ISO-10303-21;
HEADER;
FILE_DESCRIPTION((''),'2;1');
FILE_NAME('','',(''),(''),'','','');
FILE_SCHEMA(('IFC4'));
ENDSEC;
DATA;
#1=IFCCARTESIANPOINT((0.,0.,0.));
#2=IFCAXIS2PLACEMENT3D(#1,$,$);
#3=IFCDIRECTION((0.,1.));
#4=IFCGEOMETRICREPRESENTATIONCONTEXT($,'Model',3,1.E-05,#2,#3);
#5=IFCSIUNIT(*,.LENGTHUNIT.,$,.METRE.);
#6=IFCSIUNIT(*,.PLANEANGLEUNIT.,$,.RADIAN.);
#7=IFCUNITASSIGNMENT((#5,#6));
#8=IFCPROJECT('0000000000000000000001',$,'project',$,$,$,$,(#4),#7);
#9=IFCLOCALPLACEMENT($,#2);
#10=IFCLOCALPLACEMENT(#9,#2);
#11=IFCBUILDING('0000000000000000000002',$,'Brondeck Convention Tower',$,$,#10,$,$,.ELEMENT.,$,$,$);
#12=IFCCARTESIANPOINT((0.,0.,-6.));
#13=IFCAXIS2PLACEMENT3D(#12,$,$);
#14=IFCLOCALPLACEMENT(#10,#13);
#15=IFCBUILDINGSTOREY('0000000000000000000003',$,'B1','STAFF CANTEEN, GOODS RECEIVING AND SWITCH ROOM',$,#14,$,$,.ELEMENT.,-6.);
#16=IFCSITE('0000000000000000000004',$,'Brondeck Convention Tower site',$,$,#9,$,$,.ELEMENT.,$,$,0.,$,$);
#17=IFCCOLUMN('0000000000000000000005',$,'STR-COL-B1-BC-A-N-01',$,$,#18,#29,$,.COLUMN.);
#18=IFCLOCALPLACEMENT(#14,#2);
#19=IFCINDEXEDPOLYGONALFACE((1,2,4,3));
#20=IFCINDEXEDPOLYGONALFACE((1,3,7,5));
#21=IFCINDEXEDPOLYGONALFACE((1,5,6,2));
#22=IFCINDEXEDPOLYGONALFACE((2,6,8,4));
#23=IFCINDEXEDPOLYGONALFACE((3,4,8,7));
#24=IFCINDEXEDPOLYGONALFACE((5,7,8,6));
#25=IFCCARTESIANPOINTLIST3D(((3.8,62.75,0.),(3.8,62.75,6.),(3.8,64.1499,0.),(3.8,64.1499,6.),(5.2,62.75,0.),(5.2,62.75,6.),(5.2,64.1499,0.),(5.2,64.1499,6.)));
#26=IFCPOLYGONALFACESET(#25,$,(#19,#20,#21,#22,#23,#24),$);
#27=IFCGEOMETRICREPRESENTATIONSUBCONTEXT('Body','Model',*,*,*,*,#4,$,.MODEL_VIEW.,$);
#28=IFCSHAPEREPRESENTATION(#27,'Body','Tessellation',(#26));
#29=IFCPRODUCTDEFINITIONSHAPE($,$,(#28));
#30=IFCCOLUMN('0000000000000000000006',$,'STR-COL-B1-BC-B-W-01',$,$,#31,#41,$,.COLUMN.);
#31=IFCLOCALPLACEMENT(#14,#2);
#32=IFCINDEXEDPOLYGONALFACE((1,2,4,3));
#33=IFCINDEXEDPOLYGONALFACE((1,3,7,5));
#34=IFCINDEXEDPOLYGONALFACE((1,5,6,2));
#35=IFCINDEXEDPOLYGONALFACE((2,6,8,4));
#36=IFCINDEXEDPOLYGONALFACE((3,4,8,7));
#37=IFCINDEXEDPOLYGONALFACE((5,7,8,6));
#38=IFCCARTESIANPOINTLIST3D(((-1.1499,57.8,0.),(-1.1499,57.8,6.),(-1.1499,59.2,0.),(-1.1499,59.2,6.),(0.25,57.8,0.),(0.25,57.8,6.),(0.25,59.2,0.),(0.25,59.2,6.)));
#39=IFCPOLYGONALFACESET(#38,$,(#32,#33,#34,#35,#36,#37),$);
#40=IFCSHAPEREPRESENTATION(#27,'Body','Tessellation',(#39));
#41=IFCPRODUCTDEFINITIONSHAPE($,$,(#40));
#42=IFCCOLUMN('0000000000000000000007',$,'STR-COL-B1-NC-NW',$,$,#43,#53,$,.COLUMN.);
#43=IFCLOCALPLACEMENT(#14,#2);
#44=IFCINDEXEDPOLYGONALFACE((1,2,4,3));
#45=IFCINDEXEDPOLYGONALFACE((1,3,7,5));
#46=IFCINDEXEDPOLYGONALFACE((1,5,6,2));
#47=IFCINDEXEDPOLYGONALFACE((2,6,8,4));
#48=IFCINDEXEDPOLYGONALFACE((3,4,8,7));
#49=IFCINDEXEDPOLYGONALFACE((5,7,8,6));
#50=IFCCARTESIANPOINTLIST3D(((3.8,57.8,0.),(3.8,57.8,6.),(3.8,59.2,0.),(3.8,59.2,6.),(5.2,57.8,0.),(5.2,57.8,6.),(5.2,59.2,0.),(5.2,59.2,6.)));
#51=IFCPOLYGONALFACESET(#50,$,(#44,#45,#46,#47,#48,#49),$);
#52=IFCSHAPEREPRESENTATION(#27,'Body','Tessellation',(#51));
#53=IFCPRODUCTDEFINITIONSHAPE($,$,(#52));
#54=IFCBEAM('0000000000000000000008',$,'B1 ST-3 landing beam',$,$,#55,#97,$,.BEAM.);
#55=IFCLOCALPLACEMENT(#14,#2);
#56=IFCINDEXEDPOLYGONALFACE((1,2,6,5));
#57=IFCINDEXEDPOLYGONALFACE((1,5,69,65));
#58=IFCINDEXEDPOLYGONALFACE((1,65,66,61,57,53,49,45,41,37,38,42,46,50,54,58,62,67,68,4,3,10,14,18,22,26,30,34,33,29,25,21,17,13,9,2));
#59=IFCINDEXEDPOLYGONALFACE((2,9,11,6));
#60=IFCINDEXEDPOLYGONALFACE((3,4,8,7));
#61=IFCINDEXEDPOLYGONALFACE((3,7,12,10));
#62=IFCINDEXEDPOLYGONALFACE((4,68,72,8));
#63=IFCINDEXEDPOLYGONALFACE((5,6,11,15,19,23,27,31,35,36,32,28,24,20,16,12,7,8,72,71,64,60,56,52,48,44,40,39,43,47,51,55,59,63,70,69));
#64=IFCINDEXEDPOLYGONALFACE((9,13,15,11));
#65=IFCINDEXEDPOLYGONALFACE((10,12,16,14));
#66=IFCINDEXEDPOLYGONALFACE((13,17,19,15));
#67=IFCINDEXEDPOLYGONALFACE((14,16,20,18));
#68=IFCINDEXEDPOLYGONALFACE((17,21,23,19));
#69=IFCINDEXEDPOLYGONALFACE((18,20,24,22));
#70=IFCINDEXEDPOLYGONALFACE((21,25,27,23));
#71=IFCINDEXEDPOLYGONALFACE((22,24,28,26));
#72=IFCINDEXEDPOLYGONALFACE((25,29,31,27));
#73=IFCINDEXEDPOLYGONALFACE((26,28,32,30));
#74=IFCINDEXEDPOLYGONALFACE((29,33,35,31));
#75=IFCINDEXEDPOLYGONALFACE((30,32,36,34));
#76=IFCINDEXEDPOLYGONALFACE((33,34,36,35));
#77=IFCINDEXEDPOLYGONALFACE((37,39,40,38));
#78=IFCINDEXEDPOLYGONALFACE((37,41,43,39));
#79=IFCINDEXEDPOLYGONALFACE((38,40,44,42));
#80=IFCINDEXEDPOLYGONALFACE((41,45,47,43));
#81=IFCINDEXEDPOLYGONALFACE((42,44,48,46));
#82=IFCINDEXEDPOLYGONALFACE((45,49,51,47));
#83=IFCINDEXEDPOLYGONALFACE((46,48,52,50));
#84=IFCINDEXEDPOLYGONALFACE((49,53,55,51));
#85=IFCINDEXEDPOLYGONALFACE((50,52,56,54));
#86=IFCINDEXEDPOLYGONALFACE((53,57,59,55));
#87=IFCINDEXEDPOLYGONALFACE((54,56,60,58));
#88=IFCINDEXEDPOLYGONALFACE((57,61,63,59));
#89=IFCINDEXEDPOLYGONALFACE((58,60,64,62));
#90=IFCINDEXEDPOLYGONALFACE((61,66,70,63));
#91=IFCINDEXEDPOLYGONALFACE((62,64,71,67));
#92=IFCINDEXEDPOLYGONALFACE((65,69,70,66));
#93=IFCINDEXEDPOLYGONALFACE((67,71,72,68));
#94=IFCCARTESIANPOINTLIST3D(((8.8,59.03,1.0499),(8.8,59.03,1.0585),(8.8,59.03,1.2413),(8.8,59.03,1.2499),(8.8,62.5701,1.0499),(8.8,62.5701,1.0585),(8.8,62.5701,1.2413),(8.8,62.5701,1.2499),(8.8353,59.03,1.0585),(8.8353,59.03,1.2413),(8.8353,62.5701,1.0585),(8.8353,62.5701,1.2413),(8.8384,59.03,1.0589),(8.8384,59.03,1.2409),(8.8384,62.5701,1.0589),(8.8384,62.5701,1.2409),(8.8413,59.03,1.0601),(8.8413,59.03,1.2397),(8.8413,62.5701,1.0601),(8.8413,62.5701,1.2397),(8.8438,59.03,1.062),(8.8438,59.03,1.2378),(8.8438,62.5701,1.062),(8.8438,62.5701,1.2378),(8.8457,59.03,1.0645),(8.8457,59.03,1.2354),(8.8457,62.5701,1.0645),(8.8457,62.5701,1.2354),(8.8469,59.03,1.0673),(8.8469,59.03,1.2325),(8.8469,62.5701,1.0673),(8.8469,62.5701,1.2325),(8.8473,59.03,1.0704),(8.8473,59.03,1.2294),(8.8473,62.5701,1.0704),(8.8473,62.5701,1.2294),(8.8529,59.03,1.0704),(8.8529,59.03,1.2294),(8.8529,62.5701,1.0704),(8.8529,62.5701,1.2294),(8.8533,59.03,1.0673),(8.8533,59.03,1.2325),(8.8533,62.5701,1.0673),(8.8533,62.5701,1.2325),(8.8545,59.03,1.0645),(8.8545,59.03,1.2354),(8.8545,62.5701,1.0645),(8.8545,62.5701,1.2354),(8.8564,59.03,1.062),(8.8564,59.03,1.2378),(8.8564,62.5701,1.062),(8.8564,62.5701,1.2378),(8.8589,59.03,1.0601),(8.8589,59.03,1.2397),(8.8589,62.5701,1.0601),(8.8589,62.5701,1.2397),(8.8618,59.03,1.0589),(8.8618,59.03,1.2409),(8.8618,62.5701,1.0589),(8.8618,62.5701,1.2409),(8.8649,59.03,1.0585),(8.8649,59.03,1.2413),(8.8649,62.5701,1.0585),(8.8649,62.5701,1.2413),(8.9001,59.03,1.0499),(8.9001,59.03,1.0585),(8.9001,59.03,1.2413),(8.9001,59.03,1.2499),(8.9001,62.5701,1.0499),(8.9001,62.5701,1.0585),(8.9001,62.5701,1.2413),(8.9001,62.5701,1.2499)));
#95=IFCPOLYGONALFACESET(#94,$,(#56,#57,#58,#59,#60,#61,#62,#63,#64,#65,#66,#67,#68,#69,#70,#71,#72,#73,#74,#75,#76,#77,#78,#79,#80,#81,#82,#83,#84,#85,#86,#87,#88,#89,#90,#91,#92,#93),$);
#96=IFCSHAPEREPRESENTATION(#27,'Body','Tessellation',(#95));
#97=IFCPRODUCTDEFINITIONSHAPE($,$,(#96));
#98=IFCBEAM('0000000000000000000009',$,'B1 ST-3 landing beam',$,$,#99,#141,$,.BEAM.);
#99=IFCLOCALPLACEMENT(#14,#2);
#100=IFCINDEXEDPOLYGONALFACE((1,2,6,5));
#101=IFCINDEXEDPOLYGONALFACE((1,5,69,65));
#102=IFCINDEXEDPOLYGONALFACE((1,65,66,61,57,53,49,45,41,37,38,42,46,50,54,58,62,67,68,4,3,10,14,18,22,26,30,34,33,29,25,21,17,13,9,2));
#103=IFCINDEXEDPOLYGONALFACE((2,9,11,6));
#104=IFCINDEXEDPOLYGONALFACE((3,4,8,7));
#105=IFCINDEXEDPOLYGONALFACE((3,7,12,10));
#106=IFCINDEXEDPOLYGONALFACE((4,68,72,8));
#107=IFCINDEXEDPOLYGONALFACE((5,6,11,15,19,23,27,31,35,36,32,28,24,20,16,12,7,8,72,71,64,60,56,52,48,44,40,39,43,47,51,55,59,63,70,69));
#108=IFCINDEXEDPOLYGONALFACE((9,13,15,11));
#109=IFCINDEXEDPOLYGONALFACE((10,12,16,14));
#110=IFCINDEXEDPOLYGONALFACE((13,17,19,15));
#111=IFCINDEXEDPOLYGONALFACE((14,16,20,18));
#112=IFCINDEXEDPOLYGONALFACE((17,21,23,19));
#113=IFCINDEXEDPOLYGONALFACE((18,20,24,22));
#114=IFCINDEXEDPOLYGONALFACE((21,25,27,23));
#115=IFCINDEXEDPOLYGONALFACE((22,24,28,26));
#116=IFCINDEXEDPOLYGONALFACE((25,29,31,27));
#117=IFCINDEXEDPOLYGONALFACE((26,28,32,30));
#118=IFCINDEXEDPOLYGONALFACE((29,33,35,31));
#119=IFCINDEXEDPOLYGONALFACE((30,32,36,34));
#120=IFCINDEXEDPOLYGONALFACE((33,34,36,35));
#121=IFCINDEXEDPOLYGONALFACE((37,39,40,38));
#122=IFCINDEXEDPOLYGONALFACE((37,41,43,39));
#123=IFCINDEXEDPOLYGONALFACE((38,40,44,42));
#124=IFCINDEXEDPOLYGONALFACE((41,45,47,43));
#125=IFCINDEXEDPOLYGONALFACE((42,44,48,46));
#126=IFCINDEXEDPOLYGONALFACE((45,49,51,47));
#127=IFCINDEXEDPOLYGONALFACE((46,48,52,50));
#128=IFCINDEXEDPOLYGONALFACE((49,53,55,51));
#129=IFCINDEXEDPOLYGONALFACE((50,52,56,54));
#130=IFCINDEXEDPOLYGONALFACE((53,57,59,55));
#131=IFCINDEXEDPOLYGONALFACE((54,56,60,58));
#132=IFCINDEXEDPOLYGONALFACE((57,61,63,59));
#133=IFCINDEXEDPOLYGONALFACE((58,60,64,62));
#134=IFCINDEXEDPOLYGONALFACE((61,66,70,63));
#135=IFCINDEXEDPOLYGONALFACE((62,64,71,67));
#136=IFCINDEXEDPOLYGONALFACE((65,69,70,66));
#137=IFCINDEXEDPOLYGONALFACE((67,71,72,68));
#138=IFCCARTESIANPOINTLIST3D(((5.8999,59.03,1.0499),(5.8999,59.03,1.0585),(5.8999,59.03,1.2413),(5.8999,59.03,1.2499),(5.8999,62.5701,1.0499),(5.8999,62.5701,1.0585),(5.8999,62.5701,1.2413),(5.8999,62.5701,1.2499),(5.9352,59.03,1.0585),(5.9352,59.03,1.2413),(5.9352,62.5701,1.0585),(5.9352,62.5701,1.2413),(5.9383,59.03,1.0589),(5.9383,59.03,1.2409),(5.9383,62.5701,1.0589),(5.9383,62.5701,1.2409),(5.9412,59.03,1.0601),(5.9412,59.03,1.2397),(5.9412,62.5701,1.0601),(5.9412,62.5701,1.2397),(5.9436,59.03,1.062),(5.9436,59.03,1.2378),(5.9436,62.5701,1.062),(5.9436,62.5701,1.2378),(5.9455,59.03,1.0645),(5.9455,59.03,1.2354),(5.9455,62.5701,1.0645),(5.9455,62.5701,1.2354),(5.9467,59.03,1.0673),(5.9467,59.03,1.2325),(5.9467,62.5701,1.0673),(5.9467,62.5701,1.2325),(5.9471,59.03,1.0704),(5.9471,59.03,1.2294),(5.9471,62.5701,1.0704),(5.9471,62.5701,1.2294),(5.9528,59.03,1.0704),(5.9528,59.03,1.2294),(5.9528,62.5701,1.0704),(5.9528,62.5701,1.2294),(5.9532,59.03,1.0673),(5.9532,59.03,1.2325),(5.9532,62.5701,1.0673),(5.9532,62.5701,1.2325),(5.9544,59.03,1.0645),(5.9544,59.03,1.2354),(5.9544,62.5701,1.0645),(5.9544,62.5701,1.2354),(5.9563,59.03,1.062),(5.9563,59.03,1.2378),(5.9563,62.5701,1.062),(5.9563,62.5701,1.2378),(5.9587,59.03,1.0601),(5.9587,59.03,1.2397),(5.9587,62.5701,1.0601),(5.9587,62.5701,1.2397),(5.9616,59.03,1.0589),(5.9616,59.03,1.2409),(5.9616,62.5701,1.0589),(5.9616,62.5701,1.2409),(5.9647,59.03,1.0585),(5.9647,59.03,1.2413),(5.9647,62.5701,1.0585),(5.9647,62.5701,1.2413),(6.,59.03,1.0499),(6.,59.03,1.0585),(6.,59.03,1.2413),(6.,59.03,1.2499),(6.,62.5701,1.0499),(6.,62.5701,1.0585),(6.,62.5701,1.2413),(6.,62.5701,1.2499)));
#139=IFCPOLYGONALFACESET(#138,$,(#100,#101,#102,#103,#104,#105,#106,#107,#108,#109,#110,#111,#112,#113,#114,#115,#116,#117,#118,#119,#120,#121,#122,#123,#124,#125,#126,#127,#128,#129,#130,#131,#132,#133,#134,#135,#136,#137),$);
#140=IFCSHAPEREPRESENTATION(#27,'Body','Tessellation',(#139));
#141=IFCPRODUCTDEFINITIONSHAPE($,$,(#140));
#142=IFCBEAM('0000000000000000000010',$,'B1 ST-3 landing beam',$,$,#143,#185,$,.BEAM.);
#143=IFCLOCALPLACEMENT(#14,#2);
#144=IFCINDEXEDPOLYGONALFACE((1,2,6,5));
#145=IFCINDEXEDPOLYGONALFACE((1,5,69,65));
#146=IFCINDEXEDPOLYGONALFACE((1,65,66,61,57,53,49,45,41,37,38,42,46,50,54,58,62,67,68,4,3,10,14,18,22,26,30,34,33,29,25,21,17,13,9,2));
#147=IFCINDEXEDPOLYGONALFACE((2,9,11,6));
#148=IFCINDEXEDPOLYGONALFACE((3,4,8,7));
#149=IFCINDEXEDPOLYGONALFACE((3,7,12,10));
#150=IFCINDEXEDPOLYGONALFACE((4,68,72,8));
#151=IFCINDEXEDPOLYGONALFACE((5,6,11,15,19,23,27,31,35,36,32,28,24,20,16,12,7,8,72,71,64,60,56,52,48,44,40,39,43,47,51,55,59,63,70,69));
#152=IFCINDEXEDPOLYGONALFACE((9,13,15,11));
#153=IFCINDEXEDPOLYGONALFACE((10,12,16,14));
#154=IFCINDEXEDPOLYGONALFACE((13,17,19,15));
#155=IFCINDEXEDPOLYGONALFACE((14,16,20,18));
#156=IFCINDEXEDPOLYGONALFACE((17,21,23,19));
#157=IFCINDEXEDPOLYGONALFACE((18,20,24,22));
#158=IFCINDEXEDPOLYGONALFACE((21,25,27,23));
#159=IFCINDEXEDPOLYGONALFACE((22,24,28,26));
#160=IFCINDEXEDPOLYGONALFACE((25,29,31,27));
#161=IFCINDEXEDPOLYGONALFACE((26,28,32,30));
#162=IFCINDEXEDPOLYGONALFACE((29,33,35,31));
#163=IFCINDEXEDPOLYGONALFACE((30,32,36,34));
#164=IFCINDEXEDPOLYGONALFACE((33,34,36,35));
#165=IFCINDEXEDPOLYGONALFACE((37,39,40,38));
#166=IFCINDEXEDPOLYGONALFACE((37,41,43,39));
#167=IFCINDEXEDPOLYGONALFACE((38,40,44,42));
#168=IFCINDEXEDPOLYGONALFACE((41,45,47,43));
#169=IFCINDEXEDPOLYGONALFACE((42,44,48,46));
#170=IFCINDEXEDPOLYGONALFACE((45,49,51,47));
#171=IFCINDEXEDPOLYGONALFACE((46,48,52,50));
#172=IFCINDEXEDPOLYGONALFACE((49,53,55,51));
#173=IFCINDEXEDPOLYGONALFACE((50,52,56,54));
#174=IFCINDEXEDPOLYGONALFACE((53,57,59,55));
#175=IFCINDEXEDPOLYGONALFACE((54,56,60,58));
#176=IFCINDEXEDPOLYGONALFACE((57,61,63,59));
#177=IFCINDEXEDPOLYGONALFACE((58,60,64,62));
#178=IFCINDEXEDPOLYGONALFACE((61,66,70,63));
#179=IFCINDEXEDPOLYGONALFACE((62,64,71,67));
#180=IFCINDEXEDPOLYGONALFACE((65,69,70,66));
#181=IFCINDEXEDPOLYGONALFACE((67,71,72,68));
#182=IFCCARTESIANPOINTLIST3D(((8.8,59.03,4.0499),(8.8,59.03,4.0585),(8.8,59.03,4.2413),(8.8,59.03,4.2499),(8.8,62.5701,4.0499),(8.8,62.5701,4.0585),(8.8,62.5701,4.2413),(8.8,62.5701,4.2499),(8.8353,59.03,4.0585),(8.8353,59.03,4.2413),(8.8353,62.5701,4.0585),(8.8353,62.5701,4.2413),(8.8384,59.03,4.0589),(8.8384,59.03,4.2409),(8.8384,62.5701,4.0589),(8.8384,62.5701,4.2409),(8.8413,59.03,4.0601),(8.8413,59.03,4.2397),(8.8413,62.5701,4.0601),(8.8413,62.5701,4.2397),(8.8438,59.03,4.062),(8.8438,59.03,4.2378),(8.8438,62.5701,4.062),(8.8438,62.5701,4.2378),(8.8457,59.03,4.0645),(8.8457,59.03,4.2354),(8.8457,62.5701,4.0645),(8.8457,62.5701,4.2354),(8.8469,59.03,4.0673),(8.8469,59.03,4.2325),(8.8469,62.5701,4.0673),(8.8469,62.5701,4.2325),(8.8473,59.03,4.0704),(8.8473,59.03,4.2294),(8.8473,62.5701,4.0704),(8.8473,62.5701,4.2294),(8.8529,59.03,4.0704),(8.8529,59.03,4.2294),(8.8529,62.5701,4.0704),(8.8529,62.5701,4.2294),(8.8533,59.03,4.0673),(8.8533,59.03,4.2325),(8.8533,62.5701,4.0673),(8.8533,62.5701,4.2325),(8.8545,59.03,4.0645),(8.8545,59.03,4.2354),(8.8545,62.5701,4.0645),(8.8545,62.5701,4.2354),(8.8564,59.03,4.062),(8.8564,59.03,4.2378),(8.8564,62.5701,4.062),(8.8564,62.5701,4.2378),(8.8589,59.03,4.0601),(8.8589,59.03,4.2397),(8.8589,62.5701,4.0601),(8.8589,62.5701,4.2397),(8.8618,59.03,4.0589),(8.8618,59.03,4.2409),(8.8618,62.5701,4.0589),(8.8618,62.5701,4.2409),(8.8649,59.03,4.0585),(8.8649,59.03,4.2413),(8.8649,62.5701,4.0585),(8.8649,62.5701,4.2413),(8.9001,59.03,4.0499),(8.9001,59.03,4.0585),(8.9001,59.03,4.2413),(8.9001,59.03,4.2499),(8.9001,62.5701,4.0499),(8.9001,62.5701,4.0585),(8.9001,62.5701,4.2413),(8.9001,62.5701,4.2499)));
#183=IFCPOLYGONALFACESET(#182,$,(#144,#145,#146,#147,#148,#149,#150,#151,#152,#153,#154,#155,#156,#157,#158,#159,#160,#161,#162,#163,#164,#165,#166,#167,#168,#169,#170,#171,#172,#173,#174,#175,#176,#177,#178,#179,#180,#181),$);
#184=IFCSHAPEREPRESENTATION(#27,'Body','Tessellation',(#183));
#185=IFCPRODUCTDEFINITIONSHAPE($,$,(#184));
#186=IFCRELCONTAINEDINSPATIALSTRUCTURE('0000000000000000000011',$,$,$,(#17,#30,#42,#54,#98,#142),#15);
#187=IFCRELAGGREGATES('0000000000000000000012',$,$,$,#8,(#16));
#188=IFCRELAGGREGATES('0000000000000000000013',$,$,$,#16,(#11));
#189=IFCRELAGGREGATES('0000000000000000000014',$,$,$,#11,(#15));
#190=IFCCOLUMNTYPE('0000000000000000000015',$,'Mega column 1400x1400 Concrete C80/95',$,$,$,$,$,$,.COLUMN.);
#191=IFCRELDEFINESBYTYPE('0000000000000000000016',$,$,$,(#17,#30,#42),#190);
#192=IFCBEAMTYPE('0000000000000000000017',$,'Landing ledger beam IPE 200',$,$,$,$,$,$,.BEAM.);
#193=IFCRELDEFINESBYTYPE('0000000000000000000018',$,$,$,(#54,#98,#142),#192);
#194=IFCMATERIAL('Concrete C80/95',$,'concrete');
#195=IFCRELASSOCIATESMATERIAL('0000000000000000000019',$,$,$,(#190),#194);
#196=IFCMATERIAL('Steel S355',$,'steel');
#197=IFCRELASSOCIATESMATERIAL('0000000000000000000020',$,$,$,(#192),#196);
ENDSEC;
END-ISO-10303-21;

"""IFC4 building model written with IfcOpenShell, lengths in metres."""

from ifc_helpers import new_model, si_unit, direction, frame, origin, origin_2d, place, context, subcontext, project, spatial, rectangle, i_section, extrude, material, material_profile, profile_set, type_object, element, save


model = new_model("IFC4")

# Units and contexts
model_context = context("Model", 3, precision=1e-05, world=origin(), true_north=direction((0.0, 1.0)))
body_context = subcontext(model_context, "Body", "Model", "MODEL_VIEW")
ifc_project = project(units=[si_unit("LENGTHUNIT", "METRE"), si_unit("PLANEANGLEUNIT", "RADIAN")], contexts=[model_context])

# Site, building, storey
site_placement = place(None, origin())
site = spatial("IfcSite", under=ifc_project, at=site_placement, Name="Brondeck Convention Tower site", CompositionType="ELEMENT", RefElevation=0.0)
building_placement = place(site_placement, origin())
building = spatial("IfcBuilding", under=site, at=building_placement, Name="Brondeck Convention Tower", CompositionType="ELEMENT")
storey_placement = place(building_placement, frame((0.0, 0.0, -6.0)))
storey = spatial("IfcBuildingStorey", under=building, at=storey_placement, Name="B1", Description="STAFF CANTEEN, GOODS RECEIVING AND SWITCH ROOM", CompositionType="ELEMENT", Elevation=-6.0)

# Columns
ifc_material_1 = material(Name="Concrete C80/95", Category="concrete")
ifc_material_profile_1 = material_profile(ifc_material_1, rectangle(XDim=1.3999, YDim=1.3999, at=origin_2d()), Name="Mega column 1400x1400 Concrete C80/95")
ifc_profile_set_1 = profile_set([ifc_material_profile_1], Name="Concrete C80/95")
column_type = type_object("IfcColumnType", Name="Mega column 1400x1400 Concrete C80/95", PredefinedType="COLUMN", material=ifc_profile_set_1)
for number, where, z_axis, x_axis, name in (
    (1, (4.5, 63.45, 0.0), (0.0, 0.0, 1.0), (1.0, 0.0, 0.0), "STR-COL-B1-BC-A-N-01"),
    (2, (-0.45, 58.5, 0.0), (0.0, 0.0, 1.0), (1.0, 0.0, 0.0), "STR-COL-B1-BC-B-W-01"),
    (3, (4.5, 58.5, 0.0), (0.0, 0.0, 1.0), (1.0, 0.0, 0.0), "STR-COL-B1-NC-NW"),
):
    element("IfcColumn", number, at=place(storey_placement, frame(where, z_axis=z_axis, x_axis=x_axis)), inside=storey, type_object=column_type, Name=name, PredefinedType="COLUMN", context=body_context, shape_type="SweptSolid", body=[
        extrude(rectangle(XDim=1.3999, YDim=1.3999, at=origin_2d()), origin(), (0.0, 0.0, 1.0), 6.0),
    ])

# Beams
ifc_material_2 = material(Name="Steel S355", Category="steel")
ifc_material_profile_2 = material_profile(ifc_material_2, i_section(OverallWidth=0.1001, OverallDepth=0.2, WebThickness=0.0056, FlangeThickness=0.0085, FilletRadius=0.012, at=origin_2d()), Name="IPE200")
ifc_profile_set_2 = profile_set([ifc_material_profile_2], Name="Steel S355")
beam_type = type_object("IfcBeamType", Name="Landing ledger beam IPE 200", PredefinedType="BEAM", material=ifc_profile_set_2)
for number, where, z_axis, x_axis, name in (
    (4, (8.8501, 62.5701, 1.1499), (0.0, -1.0, 0.0), (1.0, 0.0, 0.0), "B1 ST-3 landing beam"),
    (5, (5.95, 62.5701, 1.1499), (0.0, -1.0, 0.0), (1.0, 0.0, 0.0), "B1 ST-3 landing beam"),
    (6, (8.8501, 62.5701, 4.1499), (0.0, -1.0, 0.0), (1.0, 0.0, 0.0), "B1 ST-3 landing beam"),
):
    element("IfcBeam", number, at=place(storey_placement, frame(where, z_axis=z_axis, x_axis=x_axis)), inside=storey, type_object=beam_type, Name=name, PredefinedType="BEAM", context=body_context, shape_type="SweptSolid", body=[
        extrude(i_section(OverallWidth=0.1001, OverallDepth=0.2, WebThickness=0.0056, FlangeThickness=0.0085, FilletRadius=0.012, at=origin_2d()), origin(), (0.0, 0.0, 1.0), 3.54),
    ])

save(model, "model.ifc")
